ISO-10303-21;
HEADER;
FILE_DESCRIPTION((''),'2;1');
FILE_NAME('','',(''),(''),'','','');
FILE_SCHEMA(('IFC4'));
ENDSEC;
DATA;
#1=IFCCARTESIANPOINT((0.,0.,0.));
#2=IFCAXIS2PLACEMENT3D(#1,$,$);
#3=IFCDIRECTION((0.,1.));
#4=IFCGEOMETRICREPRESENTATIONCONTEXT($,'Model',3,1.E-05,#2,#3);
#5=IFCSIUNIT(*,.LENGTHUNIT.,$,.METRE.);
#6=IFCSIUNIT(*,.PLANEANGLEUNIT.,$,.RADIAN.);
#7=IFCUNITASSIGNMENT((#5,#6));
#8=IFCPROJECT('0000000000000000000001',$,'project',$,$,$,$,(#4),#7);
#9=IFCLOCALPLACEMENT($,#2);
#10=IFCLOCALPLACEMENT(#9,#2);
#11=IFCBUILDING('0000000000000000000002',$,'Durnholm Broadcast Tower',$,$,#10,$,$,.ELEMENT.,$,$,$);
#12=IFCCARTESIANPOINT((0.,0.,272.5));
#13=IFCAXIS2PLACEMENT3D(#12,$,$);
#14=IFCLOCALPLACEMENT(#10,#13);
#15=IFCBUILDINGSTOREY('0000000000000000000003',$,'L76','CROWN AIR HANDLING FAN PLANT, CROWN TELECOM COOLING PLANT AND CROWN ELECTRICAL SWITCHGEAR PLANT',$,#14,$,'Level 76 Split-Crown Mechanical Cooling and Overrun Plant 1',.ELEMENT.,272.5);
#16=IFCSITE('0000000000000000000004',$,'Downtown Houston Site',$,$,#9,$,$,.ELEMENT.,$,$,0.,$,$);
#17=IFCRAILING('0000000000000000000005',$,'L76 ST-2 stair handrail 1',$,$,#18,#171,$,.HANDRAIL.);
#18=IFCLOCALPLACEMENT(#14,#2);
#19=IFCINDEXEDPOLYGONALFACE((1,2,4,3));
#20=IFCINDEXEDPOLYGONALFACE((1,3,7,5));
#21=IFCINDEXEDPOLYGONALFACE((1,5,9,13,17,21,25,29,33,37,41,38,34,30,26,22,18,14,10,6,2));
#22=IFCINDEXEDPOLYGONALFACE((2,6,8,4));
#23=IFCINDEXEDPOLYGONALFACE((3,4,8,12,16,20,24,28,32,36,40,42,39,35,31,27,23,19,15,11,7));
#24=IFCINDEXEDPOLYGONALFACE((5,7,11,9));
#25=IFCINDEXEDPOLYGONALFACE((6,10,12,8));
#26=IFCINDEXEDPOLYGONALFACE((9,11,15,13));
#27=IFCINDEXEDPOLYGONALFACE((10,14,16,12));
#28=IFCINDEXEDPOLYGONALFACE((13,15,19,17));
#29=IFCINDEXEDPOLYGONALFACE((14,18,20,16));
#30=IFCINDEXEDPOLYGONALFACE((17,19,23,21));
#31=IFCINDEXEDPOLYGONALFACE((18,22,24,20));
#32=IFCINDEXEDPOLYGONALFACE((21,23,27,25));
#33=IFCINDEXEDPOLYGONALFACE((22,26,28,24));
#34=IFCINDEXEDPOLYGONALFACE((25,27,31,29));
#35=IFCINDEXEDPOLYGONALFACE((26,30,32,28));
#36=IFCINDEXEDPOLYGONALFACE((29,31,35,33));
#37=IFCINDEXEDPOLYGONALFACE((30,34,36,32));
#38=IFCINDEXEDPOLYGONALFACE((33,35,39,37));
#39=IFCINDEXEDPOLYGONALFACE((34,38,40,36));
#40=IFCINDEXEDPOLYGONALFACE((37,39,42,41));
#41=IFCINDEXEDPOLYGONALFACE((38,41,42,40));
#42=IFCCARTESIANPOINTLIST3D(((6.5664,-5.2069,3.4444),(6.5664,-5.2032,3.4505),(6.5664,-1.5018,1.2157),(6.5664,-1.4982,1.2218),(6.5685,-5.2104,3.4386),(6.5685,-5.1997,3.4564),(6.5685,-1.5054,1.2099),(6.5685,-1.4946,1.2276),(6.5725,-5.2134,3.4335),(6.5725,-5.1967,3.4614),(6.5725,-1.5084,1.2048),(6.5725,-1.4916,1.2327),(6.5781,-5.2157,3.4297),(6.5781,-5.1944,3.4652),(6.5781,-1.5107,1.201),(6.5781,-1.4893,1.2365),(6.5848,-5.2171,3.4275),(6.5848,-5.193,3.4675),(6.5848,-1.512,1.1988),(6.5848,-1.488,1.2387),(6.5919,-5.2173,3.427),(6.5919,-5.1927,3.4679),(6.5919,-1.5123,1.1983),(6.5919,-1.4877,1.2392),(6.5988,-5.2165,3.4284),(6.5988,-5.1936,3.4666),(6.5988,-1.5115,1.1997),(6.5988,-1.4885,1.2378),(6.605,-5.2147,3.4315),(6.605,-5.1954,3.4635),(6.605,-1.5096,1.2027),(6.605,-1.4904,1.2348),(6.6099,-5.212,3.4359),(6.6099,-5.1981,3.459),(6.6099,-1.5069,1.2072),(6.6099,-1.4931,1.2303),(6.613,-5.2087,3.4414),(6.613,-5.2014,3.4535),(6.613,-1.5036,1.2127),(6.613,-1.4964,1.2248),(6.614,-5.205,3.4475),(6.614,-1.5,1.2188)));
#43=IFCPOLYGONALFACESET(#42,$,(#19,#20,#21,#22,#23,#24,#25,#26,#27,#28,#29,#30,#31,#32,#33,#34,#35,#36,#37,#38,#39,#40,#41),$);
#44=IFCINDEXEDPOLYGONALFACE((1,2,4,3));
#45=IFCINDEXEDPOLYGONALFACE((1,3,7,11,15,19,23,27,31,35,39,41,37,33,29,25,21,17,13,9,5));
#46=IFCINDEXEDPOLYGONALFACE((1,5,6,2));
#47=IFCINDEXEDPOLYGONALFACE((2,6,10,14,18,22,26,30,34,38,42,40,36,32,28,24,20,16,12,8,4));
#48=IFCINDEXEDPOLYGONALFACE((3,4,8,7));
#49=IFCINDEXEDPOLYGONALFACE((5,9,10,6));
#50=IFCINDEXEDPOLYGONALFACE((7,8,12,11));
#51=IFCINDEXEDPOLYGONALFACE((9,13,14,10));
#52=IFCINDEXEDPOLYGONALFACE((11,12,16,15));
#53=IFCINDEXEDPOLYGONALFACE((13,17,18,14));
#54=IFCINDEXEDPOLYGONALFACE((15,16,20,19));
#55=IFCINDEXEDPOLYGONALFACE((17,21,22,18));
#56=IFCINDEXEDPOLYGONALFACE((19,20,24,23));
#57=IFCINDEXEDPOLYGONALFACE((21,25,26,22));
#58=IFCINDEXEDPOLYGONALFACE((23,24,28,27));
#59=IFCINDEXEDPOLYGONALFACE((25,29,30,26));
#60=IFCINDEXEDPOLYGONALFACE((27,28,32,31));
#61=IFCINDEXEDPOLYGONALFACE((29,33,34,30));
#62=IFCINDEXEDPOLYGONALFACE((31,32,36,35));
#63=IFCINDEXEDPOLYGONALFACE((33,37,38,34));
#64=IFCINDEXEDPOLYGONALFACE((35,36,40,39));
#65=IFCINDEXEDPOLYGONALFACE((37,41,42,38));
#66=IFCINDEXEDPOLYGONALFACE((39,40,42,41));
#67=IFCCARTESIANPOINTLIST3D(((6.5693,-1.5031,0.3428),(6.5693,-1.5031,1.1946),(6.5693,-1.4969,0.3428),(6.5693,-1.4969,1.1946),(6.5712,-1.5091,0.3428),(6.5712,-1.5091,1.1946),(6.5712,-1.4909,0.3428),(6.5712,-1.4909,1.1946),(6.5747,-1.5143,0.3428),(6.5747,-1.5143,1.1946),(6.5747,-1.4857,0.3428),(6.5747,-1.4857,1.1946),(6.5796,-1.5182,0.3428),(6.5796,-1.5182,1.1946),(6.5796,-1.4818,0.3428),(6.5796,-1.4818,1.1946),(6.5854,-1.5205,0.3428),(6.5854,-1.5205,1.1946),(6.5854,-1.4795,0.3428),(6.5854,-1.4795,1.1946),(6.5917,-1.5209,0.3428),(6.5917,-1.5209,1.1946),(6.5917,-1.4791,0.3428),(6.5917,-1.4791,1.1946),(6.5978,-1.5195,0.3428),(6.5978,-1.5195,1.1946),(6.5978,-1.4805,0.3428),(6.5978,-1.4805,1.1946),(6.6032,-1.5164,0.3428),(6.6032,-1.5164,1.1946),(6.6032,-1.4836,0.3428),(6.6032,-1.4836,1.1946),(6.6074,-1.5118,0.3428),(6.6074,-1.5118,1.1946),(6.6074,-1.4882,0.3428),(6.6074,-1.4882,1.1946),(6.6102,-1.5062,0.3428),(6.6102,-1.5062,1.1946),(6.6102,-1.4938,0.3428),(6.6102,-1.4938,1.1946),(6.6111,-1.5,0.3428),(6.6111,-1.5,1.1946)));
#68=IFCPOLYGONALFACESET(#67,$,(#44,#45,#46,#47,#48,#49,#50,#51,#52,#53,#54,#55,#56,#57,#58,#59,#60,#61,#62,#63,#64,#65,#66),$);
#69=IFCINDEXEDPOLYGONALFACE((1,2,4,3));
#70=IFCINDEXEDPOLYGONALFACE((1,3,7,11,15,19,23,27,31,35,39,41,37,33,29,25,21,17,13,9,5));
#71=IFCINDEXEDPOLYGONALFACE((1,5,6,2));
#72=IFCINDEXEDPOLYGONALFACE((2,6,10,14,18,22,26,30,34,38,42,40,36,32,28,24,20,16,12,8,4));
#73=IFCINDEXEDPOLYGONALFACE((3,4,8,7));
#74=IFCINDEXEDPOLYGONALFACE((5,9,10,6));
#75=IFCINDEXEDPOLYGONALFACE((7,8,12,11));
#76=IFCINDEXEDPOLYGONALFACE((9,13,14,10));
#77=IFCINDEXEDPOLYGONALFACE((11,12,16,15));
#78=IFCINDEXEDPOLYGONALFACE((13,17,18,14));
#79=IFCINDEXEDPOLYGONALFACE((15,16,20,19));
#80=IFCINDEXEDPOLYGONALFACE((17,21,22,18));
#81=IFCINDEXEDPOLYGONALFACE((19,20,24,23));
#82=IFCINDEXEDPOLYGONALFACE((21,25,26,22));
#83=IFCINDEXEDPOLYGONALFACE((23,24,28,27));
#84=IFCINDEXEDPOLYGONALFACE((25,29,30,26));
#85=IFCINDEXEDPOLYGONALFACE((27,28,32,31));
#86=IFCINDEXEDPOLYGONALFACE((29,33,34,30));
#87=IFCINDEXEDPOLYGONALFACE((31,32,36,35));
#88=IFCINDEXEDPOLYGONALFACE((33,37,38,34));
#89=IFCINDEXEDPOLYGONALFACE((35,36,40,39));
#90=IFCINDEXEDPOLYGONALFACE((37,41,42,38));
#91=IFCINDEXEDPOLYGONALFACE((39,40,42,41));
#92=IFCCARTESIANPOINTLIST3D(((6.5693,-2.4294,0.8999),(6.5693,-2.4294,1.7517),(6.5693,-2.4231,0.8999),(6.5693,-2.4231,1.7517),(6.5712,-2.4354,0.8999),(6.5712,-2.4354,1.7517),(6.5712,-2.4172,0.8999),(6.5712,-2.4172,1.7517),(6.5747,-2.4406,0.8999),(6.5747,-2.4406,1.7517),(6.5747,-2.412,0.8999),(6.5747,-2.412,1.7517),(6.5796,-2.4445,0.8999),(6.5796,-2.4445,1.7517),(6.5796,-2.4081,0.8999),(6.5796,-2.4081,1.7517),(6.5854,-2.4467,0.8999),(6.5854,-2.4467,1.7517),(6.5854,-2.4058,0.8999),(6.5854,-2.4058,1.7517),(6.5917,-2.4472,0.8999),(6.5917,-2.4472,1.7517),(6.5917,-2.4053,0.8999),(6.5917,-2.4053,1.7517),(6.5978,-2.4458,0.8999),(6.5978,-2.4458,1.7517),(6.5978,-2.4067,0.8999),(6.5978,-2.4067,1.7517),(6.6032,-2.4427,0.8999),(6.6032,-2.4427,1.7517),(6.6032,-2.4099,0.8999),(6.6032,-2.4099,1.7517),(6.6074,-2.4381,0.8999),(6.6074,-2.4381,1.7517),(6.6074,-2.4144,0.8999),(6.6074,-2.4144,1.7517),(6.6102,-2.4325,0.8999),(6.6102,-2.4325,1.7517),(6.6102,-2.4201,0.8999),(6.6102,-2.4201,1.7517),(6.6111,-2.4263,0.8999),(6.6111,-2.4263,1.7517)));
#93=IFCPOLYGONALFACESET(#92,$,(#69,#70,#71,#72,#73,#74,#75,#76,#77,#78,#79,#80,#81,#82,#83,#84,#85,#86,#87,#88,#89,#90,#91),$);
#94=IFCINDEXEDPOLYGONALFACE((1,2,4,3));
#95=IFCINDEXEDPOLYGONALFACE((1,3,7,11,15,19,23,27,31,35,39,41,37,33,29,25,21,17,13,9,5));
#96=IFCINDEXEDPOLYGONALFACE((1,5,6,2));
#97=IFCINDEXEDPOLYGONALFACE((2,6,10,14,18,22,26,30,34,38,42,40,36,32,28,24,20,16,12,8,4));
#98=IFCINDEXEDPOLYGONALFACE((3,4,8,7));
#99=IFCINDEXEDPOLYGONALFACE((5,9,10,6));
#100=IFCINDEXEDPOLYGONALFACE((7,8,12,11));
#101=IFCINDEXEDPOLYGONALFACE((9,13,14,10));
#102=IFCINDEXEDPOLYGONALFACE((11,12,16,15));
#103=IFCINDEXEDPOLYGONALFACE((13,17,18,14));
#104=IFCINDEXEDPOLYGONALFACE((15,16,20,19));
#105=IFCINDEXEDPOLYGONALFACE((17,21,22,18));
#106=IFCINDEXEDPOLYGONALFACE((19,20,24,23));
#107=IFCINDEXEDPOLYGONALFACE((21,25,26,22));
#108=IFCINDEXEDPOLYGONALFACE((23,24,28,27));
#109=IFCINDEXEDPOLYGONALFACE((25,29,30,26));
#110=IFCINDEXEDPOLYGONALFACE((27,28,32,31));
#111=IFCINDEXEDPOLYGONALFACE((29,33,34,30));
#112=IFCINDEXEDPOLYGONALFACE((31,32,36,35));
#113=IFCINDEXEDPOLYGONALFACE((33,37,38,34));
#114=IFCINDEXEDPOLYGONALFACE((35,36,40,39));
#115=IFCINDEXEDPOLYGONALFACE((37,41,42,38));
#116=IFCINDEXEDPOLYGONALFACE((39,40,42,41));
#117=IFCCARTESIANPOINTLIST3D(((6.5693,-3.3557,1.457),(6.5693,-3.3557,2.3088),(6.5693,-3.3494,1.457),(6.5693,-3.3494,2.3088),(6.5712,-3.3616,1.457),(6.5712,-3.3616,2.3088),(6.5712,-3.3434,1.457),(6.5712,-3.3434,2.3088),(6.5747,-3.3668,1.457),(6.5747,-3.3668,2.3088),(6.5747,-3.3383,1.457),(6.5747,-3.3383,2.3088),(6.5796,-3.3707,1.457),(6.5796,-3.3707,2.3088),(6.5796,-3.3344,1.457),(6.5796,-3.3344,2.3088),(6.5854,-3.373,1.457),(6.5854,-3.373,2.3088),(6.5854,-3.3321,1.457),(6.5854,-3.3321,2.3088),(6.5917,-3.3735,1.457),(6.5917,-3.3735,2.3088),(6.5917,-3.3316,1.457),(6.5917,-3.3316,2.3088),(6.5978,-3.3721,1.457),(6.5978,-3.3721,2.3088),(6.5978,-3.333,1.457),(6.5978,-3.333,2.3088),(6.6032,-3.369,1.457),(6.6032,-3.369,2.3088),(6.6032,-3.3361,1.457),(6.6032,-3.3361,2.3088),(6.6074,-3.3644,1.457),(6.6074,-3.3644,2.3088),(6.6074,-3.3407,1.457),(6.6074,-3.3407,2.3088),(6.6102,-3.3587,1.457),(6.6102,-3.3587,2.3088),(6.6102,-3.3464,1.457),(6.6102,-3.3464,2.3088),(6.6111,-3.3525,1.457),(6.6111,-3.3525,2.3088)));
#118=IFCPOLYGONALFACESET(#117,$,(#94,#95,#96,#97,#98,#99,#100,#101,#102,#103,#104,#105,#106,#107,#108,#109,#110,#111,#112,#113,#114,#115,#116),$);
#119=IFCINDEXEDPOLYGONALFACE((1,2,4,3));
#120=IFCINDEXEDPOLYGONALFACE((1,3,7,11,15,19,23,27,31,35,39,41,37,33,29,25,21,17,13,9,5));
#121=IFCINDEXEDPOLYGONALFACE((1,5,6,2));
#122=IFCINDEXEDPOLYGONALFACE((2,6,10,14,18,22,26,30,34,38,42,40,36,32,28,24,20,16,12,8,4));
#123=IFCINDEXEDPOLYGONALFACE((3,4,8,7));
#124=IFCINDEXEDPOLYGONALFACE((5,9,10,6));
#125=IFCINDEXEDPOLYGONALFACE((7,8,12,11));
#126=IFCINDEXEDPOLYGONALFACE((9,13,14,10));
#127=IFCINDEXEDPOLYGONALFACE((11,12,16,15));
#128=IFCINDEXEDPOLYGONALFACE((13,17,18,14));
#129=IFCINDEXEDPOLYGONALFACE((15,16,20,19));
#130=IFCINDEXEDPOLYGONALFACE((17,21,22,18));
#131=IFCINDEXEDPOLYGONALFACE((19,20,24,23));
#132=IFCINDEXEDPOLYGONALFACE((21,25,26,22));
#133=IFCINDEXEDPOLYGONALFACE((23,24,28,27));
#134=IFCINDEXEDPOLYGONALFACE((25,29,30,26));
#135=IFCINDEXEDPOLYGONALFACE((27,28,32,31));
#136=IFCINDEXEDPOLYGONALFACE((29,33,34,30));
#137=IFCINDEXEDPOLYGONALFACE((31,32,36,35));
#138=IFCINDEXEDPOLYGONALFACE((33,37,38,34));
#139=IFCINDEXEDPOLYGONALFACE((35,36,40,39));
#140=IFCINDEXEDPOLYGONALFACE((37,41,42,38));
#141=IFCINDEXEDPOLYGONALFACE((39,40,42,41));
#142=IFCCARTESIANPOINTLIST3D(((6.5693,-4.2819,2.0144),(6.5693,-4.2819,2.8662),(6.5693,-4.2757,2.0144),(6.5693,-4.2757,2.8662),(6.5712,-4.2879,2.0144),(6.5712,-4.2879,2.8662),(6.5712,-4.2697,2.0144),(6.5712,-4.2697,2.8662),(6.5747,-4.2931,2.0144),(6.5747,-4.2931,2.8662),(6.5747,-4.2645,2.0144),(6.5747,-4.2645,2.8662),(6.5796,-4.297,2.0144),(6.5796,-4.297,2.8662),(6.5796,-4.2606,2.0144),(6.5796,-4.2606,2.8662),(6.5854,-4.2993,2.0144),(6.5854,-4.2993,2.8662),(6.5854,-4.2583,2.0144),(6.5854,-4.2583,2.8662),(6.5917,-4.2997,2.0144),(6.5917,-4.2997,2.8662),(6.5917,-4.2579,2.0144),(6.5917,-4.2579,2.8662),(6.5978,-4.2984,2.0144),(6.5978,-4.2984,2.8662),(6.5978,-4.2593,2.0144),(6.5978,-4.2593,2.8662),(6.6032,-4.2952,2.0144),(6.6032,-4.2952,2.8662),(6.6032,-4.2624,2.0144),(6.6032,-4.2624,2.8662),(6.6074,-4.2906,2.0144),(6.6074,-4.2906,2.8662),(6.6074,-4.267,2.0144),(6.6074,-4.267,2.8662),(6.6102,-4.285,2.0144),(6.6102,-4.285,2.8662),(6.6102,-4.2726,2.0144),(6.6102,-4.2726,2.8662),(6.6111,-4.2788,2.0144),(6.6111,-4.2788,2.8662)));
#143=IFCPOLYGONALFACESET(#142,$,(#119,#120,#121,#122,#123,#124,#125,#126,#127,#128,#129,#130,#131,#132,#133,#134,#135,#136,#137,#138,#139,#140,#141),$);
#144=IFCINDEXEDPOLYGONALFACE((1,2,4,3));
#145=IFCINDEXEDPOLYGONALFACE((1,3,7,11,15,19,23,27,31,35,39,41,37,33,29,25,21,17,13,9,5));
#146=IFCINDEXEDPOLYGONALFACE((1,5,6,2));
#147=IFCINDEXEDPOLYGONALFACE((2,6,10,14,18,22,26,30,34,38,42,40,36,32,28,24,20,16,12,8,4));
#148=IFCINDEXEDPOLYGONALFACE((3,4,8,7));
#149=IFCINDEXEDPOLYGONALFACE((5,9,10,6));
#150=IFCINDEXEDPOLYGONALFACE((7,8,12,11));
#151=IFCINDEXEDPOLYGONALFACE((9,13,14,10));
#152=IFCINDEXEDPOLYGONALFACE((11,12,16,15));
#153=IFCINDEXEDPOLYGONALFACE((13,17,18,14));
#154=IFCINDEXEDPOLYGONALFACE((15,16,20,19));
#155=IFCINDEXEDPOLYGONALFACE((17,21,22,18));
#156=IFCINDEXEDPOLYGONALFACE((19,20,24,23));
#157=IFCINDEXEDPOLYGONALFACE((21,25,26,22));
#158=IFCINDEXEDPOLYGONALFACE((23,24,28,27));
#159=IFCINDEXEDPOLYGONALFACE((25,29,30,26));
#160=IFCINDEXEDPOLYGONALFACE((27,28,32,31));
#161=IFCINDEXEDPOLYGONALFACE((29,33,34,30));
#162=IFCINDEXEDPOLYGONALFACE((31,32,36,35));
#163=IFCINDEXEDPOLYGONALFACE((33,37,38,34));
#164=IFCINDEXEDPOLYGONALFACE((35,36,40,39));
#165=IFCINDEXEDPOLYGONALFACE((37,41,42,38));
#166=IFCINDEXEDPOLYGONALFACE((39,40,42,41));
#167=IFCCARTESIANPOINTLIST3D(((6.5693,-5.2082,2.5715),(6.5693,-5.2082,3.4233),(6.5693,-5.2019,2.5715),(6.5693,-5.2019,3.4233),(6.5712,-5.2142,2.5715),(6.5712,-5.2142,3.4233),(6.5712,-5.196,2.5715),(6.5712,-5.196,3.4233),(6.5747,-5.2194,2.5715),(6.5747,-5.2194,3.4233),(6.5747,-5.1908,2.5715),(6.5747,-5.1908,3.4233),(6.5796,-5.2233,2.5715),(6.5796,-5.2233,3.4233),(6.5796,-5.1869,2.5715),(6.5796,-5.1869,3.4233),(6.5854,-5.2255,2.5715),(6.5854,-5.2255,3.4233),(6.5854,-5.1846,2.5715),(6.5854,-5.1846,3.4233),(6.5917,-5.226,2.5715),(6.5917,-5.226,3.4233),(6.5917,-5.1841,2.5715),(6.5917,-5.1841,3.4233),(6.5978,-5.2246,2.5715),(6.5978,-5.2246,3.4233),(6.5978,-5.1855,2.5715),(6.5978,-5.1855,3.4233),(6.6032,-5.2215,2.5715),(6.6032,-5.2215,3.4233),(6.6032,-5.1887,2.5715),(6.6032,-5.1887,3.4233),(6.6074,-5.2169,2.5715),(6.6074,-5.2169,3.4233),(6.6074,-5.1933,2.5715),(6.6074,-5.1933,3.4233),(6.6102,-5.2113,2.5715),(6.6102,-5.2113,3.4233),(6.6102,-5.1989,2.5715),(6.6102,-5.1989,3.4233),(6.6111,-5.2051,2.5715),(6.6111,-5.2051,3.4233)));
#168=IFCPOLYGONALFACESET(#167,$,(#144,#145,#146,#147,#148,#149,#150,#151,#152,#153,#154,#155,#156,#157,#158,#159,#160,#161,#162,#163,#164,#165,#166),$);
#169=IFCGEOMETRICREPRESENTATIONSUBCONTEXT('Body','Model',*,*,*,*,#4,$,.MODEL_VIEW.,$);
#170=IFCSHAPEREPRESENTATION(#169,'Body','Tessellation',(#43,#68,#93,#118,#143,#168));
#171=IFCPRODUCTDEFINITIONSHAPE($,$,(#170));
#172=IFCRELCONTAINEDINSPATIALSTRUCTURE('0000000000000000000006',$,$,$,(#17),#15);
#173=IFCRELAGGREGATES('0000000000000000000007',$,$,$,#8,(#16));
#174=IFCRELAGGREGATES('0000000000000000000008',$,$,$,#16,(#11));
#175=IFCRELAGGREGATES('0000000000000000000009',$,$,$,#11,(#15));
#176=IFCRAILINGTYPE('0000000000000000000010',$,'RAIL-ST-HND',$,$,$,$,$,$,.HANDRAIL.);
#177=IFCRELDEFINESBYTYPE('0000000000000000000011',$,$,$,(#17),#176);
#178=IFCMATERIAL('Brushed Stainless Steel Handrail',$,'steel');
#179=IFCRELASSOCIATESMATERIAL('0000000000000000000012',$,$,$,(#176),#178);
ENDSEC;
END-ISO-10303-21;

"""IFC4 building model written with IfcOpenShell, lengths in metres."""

from ifc_helpers import new_model, si_unit, direction, frame, origin, origin_2d, place, context, subcontext, project, spatial, circle, extrude, material, type_object, element, save


model = new_model("IFC4")

# Units and contexts
model_context = context("Model", 3, precision=1e-05, world=origin(), true_north=direction((0.0, 1.0)))
body_context = subcontext(model_context, "Body", "Model", "MODEL_VIEW")
ifc_project = project(units=[si_unit("LENGTHUNIT", "METRE"), si_unit("PLANEANGLEUNIT", "RADIAN")], contexts=[model_context])

# Site, building, storey
site_placement = place(None, origin())
site = spatial("IfcSite", under=ifc_project, at=site_placement, Name="Downtown Houston Site", CompositionType="ELEMENT", RefElevation=0.0)
building_placement = place(site_placement, origin())
building = spatial("IfcBuilding", under=site, at=building_placement, Name="Durnholm Broadcast Tower", CompositionType="ELEMENT")
storey_placement = place(building_placement, frame((0.0, 0.0, 272.5)))
storey = spatial("IfcBuildingStorey", under=building, at=storey_placement, Name="L76", Description="CROWN AIR HANDLING FAN PLANT, CROWN TELECOM COOLING PLANT AND CROWN ELECTRICAL SWITCHGEAR PLANT", LongName="Level 76 Split-Crown Mechanical Cooling and Overrun Plant 1", CompositionType="ELEMENT", Elevation=272.5)

# Railing
ifc_material_1 = material(Name="Brushed Stainless Steel Handrail", Category="steel")
railing_type_1 = type_object("IfcRailingType", Name="RAIL-ST-HND", PredefinedType="HANDRAIL", material=ifc_material_1)
railing_1_placement = place(storey_placement, frame((6.5901, -1.5, 0.3428)))
element("IfcRailing", 1, at=railing_1_placement, inside=storey, type_object=railing_type_1, Name="L76 ST-2 stair handrail 1", PredefinedType="HANDRAIL", context=body_context, shape_type="SweptSolid", body=[
    extrude(circle(Radius=0.0239, at=origin_2d()), frame((0.0, 0.0, 0.876), z_axis=(0.0, -0.856909, 0.515467), x_axis=(1.0, 0.0, 0.0)), (0.0, 0.0, 1.0), 4.3237),
    extrude(circle(Radius=0.021, at=origin_2d()), origin(), (0.0, 0.0, 1.0), 0.8518),
    extrude(circle(Radius=0.021, at=origin_2d()), frame((0.0, -0.9263, 0.5571)), (0.0, 0.0, 1.0), 0.8518),
    extrude(circle(Radius=0.021, at=origin_2d()), frame((0.0, -1.8525, 1.1143)), (0.0, 0.0, 1.0), 0.8518),
    extrude(circle(Radius=0.021, at=origin_2d()), frame((0.0, -2.7788, 1.6716)), (0.0, 0.0, 1.0), 0.8518),
    extrude(circle(Radius=0.021, at=origin_2d()), frame((0.0, -3.7051, 2.2288)), (0.0, 0.0, 1.0), 0.8518),
])

save(model, "model.ifc")
